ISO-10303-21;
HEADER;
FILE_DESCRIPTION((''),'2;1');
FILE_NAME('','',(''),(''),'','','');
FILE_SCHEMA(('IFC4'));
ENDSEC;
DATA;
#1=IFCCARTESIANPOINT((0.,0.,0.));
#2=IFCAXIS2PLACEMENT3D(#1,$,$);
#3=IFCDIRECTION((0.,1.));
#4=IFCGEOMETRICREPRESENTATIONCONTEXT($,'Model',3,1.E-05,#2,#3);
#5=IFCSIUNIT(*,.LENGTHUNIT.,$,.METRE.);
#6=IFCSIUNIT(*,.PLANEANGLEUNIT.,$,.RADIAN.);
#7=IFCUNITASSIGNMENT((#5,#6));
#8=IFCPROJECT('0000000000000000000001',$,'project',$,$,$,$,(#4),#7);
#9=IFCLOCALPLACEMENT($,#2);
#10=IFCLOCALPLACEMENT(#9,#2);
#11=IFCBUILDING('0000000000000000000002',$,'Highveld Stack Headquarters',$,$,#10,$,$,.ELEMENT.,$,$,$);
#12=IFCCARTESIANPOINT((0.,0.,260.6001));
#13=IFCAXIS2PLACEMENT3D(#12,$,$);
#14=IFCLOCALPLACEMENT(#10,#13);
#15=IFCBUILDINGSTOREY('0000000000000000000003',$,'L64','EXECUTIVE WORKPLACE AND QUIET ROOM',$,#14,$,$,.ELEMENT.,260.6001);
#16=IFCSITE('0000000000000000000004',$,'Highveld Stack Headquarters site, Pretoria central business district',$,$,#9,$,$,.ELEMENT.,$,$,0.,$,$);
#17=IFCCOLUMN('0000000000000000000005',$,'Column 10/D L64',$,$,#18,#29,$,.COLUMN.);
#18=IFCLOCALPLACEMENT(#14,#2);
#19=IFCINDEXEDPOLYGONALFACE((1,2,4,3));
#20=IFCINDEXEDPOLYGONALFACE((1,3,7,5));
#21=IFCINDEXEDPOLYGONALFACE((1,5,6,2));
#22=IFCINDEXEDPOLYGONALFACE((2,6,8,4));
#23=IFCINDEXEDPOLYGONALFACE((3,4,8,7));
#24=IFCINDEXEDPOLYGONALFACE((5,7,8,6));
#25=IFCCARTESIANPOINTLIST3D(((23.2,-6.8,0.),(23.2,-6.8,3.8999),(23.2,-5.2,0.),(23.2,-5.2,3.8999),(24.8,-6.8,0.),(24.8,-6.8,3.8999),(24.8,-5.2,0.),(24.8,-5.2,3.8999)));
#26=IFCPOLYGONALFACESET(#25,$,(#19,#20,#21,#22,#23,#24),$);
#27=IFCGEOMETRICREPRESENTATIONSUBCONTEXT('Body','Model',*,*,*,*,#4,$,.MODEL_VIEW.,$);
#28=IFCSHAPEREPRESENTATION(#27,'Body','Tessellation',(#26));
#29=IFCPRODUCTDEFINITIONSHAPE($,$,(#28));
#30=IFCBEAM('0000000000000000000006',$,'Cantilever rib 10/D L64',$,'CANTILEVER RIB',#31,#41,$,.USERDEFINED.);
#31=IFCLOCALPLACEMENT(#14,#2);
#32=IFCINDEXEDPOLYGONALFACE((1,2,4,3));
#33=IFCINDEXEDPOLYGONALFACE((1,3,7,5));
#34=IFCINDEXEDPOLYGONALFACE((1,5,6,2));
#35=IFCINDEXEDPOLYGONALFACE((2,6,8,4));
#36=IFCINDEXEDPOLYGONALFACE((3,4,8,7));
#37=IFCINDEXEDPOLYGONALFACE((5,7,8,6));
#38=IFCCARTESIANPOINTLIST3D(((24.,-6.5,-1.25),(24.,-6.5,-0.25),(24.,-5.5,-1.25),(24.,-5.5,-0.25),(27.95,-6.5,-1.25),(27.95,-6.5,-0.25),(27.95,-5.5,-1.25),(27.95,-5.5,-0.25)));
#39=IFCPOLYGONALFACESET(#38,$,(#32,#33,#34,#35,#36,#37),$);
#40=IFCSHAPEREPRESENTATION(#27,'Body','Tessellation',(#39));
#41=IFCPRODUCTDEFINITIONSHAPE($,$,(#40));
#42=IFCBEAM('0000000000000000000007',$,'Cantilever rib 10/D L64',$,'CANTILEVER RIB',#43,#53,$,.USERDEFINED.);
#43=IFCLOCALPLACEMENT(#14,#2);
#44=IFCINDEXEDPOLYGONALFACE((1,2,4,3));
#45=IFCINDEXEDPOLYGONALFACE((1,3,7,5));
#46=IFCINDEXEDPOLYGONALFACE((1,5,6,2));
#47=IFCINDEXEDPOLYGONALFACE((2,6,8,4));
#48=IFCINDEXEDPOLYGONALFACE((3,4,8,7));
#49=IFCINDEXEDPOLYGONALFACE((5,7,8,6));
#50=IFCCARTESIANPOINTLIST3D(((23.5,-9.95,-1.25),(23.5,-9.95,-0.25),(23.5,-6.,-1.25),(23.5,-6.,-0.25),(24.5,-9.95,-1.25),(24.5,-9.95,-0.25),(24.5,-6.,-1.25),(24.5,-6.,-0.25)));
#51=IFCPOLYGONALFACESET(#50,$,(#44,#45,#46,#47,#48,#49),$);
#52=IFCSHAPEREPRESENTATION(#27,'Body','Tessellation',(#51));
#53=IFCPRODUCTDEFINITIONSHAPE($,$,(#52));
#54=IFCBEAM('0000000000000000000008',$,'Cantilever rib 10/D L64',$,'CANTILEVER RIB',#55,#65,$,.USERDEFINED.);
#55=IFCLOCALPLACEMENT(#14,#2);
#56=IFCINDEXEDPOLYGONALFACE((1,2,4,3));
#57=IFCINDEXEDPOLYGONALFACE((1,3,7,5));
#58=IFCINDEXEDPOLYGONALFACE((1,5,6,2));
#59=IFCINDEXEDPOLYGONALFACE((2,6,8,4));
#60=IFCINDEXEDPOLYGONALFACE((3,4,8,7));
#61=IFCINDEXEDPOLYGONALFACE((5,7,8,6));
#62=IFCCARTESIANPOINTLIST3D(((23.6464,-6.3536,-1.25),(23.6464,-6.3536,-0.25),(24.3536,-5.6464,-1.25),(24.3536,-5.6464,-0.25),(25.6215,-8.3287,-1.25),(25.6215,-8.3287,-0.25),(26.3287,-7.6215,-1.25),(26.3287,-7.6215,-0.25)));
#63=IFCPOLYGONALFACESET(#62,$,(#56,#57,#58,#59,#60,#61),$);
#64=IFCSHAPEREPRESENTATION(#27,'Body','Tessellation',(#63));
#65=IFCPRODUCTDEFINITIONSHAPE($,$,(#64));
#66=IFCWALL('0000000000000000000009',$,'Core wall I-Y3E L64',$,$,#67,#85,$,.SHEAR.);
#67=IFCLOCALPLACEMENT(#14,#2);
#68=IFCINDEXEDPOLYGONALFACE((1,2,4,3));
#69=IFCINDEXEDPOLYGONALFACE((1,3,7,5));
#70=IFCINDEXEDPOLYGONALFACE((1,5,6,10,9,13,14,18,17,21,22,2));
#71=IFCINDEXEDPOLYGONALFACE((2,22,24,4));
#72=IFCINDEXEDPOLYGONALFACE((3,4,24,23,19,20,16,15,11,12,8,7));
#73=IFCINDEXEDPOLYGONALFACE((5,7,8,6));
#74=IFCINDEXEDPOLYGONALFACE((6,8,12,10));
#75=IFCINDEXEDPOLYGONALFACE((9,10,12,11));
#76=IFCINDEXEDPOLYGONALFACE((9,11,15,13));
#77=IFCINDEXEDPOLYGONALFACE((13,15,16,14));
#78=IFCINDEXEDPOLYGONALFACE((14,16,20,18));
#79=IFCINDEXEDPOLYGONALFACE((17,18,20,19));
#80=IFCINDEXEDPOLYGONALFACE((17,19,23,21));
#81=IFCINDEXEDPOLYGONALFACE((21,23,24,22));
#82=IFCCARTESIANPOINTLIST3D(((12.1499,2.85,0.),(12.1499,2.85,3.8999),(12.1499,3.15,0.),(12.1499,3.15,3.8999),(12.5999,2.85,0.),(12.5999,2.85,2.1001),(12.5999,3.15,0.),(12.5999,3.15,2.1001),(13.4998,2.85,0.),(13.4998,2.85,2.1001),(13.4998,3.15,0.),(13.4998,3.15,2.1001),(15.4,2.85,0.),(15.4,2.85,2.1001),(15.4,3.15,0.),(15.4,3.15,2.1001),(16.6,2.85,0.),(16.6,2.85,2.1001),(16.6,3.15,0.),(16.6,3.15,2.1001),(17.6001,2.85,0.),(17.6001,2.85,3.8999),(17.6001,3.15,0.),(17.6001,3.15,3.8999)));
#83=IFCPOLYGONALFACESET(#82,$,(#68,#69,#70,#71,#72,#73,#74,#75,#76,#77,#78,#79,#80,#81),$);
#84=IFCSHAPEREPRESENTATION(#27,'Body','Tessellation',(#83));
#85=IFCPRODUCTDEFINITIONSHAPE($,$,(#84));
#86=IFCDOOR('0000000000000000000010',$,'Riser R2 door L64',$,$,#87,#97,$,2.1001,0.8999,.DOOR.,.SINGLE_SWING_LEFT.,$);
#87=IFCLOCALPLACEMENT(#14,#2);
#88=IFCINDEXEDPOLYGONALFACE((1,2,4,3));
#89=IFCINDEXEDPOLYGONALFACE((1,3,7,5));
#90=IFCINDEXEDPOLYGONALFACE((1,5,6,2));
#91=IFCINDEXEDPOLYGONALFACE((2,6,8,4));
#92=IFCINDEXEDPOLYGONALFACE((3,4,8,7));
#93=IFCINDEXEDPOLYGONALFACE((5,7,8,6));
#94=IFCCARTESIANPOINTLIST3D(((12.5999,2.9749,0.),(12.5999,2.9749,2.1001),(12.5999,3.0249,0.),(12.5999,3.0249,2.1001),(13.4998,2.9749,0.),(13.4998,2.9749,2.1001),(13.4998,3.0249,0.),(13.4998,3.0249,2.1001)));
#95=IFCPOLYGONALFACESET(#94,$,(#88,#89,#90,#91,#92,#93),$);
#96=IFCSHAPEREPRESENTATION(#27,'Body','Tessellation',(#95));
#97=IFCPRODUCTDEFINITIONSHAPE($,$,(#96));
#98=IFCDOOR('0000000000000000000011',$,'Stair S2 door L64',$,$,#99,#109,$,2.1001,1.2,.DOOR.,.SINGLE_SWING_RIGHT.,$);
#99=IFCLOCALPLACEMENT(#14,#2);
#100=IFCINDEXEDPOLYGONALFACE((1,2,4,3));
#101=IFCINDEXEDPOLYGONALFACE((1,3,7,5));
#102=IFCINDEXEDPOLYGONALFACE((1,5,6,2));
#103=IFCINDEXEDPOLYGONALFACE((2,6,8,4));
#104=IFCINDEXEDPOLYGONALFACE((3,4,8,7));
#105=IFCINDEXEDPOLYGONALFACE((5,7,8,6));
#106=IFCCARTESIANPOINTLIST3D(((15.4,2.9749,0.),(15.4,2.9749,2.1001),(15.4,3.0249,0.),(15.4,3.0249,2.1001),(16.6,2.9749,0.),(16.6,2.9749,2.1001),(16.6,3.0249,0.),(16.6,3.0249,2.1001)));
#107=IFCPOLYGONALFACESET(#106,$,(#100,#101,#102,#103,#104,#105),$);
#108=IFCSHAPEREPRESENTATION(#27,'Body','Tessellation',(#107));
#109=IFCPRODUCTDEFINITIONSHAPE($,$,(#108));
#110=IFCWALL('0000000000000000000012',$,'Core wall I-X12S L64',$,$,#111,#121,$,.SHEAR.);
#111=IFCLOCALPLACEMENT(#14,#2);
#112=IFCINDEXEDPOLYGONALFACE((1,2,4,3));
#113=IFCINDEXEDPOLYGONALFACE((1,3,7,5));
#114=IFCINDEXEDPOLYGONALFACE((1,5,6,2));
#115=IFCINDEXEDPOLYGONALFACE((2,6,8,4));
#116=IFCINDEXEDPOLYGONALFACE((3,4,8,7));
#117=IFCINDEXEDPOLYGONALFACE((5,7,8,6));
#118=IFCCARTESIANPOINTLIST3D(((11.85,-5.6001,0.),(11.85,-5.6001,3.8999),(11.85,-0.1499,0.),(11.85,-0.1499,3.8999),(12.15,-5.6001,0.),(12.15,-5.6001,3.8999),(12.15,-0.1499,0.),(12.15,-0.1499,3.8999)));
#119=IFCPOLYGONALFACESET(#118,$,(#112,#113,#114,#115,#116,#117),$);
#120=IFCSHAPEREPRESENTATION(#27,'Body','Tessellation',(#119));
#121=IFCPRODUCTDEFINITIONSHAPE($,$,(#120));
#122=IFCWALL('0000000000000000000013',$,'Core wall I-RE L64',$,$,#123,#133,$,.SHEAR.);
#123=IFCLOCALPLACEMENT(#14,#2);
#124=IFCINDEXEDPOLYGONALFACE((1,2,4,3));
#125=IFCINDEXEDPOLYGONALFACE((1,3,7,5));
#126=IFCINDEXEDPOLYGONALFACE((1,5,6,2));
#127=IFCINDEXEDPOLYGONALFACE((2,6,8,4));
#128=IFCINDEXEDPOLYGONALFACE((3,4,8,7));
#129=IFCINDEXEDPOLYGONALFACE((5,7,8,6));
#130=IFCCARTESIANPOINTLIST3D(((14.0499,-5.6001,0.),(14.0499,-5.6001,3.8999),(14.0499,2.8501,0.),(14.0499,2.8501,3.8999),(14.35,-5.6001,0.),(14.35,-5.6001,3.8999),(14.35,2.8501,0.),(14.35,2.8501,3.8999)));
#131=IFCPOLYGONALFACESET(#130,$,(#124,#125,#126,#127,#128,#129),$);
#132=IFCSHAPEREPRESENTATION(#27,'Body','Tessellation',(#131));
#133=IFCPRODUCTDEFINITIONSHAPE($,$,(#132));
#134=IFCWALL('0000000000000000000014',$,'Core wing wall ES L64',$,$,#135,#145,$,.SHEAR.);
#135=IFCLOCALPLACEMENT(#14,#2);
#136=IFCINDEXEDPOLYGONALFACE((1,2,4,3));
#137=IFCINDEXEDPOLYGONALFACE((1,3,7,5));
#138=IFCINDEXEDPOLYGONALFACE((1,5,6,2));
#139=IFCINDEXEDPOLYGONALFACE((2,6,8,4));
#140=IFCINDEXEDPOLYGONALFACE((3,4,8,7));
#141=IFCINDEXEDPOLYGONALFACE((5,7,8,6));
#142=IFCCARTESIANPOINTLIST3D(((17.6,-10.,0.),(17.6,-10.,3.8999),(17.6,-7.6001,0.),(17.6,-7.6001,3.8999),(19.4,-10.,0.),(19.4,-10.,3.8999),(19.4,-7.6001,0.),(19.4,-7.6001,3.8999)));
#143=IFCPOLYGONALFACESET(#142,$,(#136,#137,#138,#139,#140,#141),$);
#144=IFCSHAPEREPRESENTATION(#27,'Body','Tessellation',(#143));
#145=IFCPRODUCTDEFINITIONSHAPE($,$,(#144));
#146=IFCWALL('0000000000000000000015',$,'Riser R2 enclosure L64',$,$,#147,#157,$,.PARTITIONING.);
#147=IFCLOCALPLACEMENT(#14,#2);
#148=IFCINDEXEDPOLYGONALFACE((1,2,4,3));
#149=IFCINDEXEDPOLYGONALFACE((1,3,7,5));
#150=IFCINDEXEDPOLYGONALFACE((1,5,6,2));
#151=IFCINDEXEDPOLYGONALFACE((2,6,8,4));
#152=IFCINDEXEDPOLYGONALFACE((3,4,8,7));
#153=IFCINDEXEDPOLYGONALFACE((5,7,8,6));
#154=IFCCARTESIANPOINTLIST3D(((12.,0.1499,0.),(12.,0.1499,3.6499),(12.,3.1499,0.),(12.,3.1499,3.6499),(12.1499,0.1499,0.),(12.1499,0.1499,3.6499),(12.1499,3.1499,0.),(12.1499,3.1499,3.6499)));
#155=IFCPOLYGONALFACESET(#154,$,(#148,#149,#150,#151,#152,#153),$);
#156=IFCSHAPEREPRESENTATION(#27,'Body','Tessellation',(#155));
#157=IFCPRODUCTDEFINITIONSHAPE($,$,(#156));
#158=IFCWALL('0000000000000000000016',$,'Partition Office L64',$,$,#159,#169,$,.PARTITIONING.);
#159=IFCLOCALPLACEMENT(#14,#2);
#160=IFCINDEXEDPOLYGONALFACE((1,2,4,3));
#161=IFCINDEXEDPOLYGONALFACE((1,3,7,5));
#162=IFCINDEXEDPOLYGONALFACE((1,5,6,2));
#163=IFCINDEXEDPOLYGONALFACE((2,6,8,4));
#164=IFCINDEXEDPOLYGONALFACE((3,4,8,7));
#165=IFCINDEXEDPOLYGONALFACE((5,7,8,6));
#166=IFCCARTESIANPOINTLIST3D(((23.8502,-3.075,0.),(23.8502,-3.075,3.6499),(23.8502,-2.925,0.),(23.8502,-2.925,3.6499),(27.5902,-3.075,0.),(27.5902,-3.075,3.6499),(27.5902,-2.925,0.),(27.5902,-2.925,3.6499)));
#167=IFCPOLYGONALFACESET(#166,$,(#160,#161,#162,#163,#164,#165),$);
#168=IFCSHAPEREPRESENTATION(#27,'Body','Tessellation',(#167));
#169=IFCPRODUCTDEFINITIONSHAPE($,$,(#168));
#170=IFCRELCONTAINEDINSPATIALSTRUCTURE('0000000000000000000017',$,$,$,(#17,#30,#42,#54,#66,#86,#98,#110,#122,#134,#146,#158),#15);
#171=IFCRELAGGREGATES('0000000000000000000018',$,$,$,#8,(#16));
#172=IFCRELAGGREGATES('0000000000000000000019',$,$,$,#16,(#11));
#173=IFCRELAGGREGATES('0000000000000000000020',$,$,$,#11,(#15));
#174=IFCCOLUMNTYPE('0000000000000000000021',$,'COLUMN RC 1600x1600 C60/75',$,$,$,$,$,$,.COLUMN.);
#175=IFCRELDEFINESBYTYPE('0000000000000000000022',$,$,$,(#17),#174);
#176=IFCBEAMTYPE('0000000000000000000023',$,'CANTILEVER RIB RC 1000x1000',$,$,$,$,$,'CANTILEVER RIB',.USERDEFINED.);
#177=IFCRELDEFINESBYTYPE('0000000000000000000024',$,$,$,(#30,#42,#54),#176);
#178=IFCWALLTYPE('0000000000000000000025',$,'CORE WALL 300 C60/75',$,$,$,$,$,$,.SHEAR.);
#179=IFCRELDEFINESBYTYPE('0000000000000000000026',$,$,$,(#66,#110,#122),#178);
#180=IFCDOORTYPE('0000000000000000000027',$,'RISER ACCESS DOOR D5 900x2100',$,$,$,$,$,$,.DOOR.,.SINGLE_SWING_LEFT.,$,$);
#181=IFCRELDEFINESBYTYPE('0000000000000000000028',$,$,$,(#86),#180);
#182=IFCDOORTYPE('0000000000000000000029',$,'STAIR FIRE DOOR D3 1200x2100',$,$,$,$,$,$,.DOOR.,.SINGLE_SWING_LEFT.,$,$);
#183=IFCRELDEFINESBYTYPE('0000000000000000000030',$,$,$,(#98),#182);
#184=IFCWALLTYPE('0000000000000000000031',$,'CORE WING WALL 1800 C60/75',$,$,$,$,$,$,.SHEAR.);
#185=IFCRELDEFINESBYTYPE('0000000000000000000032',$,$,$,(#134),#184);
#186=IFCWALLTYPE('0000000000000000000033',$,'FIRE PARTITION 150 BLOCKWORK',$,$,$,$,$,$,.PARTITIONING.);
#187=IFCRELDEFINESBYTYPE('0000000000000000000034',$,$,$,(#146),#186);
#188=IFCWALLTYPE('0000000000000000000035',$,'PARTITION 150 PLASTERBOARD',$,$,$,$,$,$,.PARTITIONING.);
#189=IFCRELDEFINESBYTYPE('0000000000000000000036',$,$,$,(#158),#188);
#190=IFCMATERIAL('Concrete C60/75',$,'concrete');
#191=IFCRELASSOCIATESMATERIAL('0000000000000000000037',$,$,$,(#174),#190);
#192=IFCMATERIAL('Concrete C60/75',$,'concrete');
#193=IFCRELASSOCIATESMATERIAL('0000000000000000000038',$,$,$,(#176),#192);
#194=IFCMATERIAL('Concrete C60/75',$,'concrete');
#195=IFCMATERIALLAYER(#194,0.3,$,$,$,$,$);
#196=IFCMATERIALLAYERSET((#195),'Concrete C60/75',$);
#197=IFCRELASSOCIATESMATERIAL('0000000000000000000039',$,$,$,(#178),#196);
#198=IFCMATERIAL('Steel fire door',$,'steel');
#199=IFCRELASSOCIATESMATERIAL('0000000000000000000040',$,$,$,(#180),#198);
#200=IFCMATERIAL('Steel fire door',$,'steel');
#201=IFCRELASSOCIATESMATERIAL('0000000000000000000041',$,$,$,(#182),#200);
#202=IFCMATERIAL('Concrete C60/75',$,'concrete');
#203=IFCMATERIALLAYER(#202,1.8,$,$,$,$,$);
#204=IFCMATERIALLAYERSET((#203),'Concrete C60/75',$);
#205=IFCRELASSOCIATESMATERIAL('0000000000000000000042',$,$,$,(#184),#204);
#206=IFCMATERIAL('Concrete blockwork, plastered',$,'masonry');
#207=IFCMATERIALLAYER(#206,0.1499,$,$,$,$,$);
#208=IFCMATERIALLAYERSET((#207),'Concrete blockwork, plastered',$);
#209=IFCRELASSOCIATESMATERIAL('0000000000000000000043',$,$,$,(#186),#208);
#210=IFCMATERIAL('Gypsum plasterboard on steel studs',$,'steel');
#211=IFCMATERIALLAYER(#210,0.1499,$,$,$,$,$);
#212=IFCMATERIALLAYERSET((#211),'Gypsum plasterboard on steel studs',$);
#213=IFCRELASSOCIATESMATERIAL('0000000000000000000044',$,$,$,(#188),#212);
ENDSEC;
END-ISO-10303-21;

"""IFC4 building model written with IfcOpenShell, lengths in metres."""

from ifc_helpers import new_model, si_unit, direction, frame, frame_2d, origin, origin_2d, place, context, subcontext, project, spatial, rectangle, extrude, material, layer, layer_set, material_profile, profile_set, type_object, element, fill, save


model = new_model("IFC4")

# Units and contexts
model_context = context("Model", 3, precision=1e-05, world=origin(), true_north=direction((0.0, 1.0)))
body_context = subcontext(model_context, "Body", "Model", "MODEL_VIEW")
ifc_project = project(units=[si_unit("LENGTHUNIT", "METRE"), si_unit("PLANEANGLEUNIT", "RADIAN")], contexts=[model_context])

# Site, building, storey
site_placement = place(None, origin())
site = spatial("IfcSite", under=ifc_project, at=site_placement, Name="Highveld Stack Headquarters site, Pretoria central business district", CompositionType="ELEMENT", RefElevation=0.0)
building_placement = place(site_placement, origin())
building = spatial("IfcBuilding", under=site, at=building_placement, Name="Highveld Stack Headquarters", CompositionType="ELEMENT")
storey_placement = place(building_placement, frame((0.0, 0.0, 260.6001)))
storey = spatial("IfcBuildingStorey", under=building, at=storey_placement, Name="L64", Description="EXECUTIVE WORKPLACE AND QUIET ROOM", CompositionType="ELEMENT", Elevation=260.6001)

# Column
ifc_material_1 = material(Name="Concrete C60/75", Category="concrete")
ifc_material_profile_1 = material_profile(ifc_material_1, rectangle(XDim=1.6001, YDim=1.6001, at=origin_2d()), Name="RC 1600x1600")
ifc_profile_set_1 = profile_set([ifc_material_profile_1], Name="Concrete C60/75")
column_type = type_object("IfcColumnType", Name="COLUMN RC 1600x1600 C60/75", PredefinedType="COLUMN", material=ifc_profile_set_1)
column_placement = place(storey_placement, frame((24.0, -6.0, 0.0), z_axis=(0.0, 0.0, 1.0), x_axis=(1.0, 0.0, 0.0)))
element("IfcColumn", 1, at=column_placement, inside=storey, type_object=column_type, Name="Column 10/D L64", PredefinedType="COLUMN", context=body_context, shape_type="SweptSolid", body=[
    extrude(rectangle(XDim=1.6001, YDim=1.6001, at=origin_2d()), origin(), (0.0, 0.0, 1.0), 3.8999),
])

# Beams
ifc_material_2 = material(Name="Concrete C60/75", Category="concrete")
ifc_material_profile_2 = material_profile(ifc_material_2, rectangle(XDim=1.0, YDim=1.0, at=origin_2d()), Name="RC 1000x1000")
ifc_profile_set_2 = profile_set([ifc_material_profile_2], Name="Concrete C60/75")
beam_type = type_object("IfcBeamType", Name="CANTILEVER RIB RC 1000x1000", ElementType="CANTILEVER RIB", PredefinedType="USERDEFINED", material=ifc_profile_set_2)
for number, where, z_axis, x_axis, name in (
    (2, (24.0, -6.0, -0.75), (1.0, 0.0, 0.0), (0.0, 1.0, 0.0), "Cantilever rib 10/D L64"),
    (3, (24.0, -6.0, -0.75), (0.0, -1.0, 0.0), (1.0, 0.0, 0.0), "Cantilever rib 10/D L64"),
):
    element("IfcBeam", number, at=place(storey_placement, frame(where, z_axis=z_axis, x_axis=x_axis)), inside=storey, type_object=beam_type, Name=name, ObjectType="CANTILEVER RIB", PredefinedType="USERDEFINED", context=body_context, shape_type="SweptSolid", body=[
        extrude(rectangle(XDim=1.0, YDim=1.0, at=origin_2d()), origin(), (0.0, 0.0, 1.0), 3.95),
    ])
beam_placement = place(storey_placement, frame((24.0, -6.0, -0.75), z_axis=(0.707107, -0.707107, 0.0), x_axis=(0.707107, 0.707107, 0.0)))
element("IfcBeam", 4, at=beam_placement, inside=storey, type_object=beam_type, Name="Cantilever rib 10/D L64", ObjectType="CANTILEVER RIB", PredefinedType="USERDEFINED", context=body_context, shape_type="SweptSolid", body=[
    extrude(rectangle(XDim=1.0, YDim=1.0, at=origin_2d()), origin(), (0.0, 0.0, 1.0), 2.7932),
])

# Wall, openings, doors
ifc_material_3 = material(Name="Concrete C60/75", Category="concrete")
ifc_layer_1 = layer(ifc_material_3, 0.3)
ifc_layer_set_1 = layer_set([ifc_layer_1], Name="Concrete C60/75")
wall_type_1 = type_object("IfcWallType", Name="CORE WALL 300 C60/75", PredefinedType="SHEAR", material=ifc_layer_set_1)
wall_1_placement = place(storey_placement, frame((12.1499, 3.0, 0.0), z_axis=(0.0, 0.0, 1.0), x_axis=(1.0, 0.0, 0.0)))
wall_1 = element("IfcWall", 5, at=wall_1_placement, inside=storey, type_object=wall_type_1, Name="Core wall I-Y3E L64", PredefinedType="SHEAR", context=body_context, shape_type="SweptSolid", body=[
    extrude(rectangle(XDim=5.4502, YDim=0.3, at=frame_2d((2.7251, 0.0))), origin(), (0.0, 0.0, 1.0), 3.8999),
])
opening_1_placement = place(wall_1_placement, frame((3.25, 0.0, 0.0)))
opening_1 = element("IfcOpeningElement", 6, at=opening_1_placement, cuts=wall_1, PredefinedType="OPENING", context=body_context, shape_type="SweptSolid", body=[
    extrude(rectangle(XDim=1.2, YDim=2.1001, at=frame_2d((0.6001, 1.05))), frame((0.0, 0.1599, 0.0), z_axis=(0.0, -1.0, 0.0), x_axis=(1.0, 0.0, 0.0)), (0.0, 0.0, 1.0), 0.3201),
])
opening_2_placement = place(wall_1_placement, frame((0.45, 0.0, 0.0)))
opening_2 = element("IfcOpeningElement", 7, at=opening_2_placement, cuts=wall_1, PredefinedType="OPENING", context=body_context, shape_type="SweptSolid", body=[
    extrude(rectangle(XDim=0.8999, YDim=2.1001, at=frame_2d((0.45, 1.05))), frame((0.0, 0.1599, 0.0), z_axis=(0.0, -1.0, 0.0), x_axis=(1.0, 0.0, 0.0)), (0.0, 0.0, 1.0), 0.3201),
])
ifc_material_4 = material(Name="Steel fire door", Category="steel")
door_type_1 = type_object("IfcDoorType", Name="RISER ACCESS DOOR D5 900x2100", OperationType="SINGLE_SWING_LEFT", PredefinedType="DOOR", material=ifc_material_4)
door_1_placement = place(opening_2_placement, origin())
door_1 = element("IfcDoor", 8, at=door_1_placement, inside=storey, type_object=door_type_1, Name="Riser R2 door L64", OperationType="SINGLE_SWING_LEFT", OverallHeight=2.1001, OverallWidth=0.8999, PredefinedType="DOOR", context=body_context, shape_type="SweptSolid", body=[
    extrude(rectangle(XDim=0.8999, YDim=2.1001, at=frame_2d((0.45, 1.05))), frame((0.0, 0.0249, 0.0), z_axis=(0.0, -1.0, 0.0), x_axis=(1.0, 0.0, 0.0)), (0.0, 0.0, 1.0), 0.05),
])
fill(opening_2, door_1)
ifc_material_5 = material(Name="Steel fire door", Category="steel")
door_type_2 = type_object("IfcDoorType", Name="STAIR FIRE DOOR D3 1200x2100", OperationType="SINGLE_SWING_LEFT", PredefinedType="DOOR", material=ifc_material_5)
door_2_placement = place(opening_1_placement, origin())
door_2 = element("IfcDoor", 9, at=door_2_placement, inside=storey, type_object=door_type_2, Name="Stair S2 door L64", OperationType="SINGLE_SWING_RIGHT", OverallHeight=2.1001, OverallWidth=1.2, PredefinedType="DOOR", context=body_context, shape_type="SweptSolid", body=[
    extrude(rectangle(XDim=1.2, YDim=2.1001, at=frame_2d((0.6001, 1.05))), frame((0.0, 0.0249, 0.0), z_axis=(0.0, -1.0, 0.0), x_axis=(1.0, 0.0, 0.0)), (0.0, 0.0, 1.0), 0.05),
])
fill(opening_1, door_2)

# Walls
wall_2_placement = place(storey_placement, frame((12.0, -5.6001, 0.0), z_axis=(0.0, 0.0, 1.0), x_axis=(0.0, 1.0, 0.0)))
element("IfcWall", 10, at=wall_2_placement, inside=storey, type_object=wall_type_1, Name="Core wall I-X12S L64", PredefinedType="SHEAR", context=body_context, shape_type="SweptSolid", body=[
    extrude(rectangle(XDim=5.4502, YDim=0.3, at=frame_2d((2.7251, 0.0))), origin(), (0.0, 0.0, 1.0), 3.8999),
])
wall_3_placement = place(storey_placement, frame((14.2, -5.6001, 0.0), z_axis=(0.0, 0.0, 1.0), x_axis=(0.0, 1.0, 0.0)))
element("IfcWall", 11, at=wall_3_placement, inside=storey, type_object=wall_type_1, Name="Core wall I-RE L64", PredefinedType="SHEAR", context=body_context, shape_type="SweptSolid", body=[
    extrude(rectangle(XDim=8.4502, YDim=0.3, at=frame_2d((4.2251, 0.0))), origin(), (0.0, 0.0, 1.0), 3.8999),
])
ifc_material_6 = material(Name="Concrete C60/75", Category="concrete")
ifc_layer_2 = layer(ifc_material_6, 1.8)
ifc_layer_set_2 = layer_set([ifc_layer_2], Name="Concrete C60/75")
wall_type_2 = type_object("IfcWallType", Name="CORE WING WALL 1800 C60/75", PredefinedType="SHEAR", material=ifc_layer_set_2)
wall_4_placement = place(storey_placement, frame((18.5, -10.0, 0.0), z_axis=(0.0, 0.0, 1.0), x_axis=(0.0, 1.0, 0.0)))
element("IfcWall", 12, at=wall_4_placement, inside=storey, type_object=wall_type_2, Name="Core wing wall ES L64", PredefinedType="SHEAR", context=body_context, shape_type="SweptSolid", body=[
    extrude(rectangle(XDim=2.3999, YDim=1.8, at=frame_2d((1.2, 0.0))), origin(), (0.0, 0.0, 1.0), 3.8999),
])
ifc_material_7 = material(Name="Concrete blockwork, plastered", Category="masonry")
ifc_layer_3 = layer(ifc_material_7, 0.1499)
ifc_layer_set_3 = layer_set([ifc_layer_3], Name="Concrete blockwork, plastered")
wall_type_3 = type_object("IfcWallType", Name="FIRE PARTITION 150 BLOCKWORK", PredefinedType="PARTITIONING", material=ifc_layer_set_3)
wall_5_placement = place(storey_placement, frame((12.075, 0.1499, 0.0), z_axis=(0.0, 0.0, 1.0), x_axis=(0.0, 1.0, 0.0)))
element("IfcWall", 13, at=wall_5_placement, inside=storey, type_object=wall_type_3, Name="Riser R2 enclosure L64", PredefinedType="PARTITIONING", context=body_context, shape_type="SweptSolid", body=[
    extrude(rectangle(XDim=3.0, YDim=0.1499, at=frame_2d((1.5, 0.0))), origin(), (0.0, 0.0, 1.0), 3.6499),
])
ifc_material_8 = material(Name="Gypsum plasterboard on steel studs", Category="steel")
ifc_layer_4 = layer(ifc_material_8, 0.1499)
ifc_layer_set_4 = layer_set([ifc_layer_4], Name="Gypsum plasterboard on steel studs")
wall_type_4 = type_object("IfcWallType", Name="PARTITION 150 PLASTERBOARD", PredefinedType="PARTITIONING", material=ifc_layer_set_4)
wall_6_placement = place(storey_placement, frame((23.8501, -3.0, 0.0), z_axis=(0.0, 0.0, 1.0), x_axis=(1.0, 0.0, 0.0)))
element("IfcWall", 14, at=wall_6_placement, inside=storey, type_object=wall_type_4, Name="Partition Office L64", PredefinedType="PARTITIONING", context=body_context, shape_type="SweptSolid", body=[
    extrude(rectangle(XDim=3.74, YDim=0.1499, at=frame_2d((1.8701, 0.0))), origin(), (0.0, 0.0, 1.0), 3.6499),
])

save(model, "model.ifc")
